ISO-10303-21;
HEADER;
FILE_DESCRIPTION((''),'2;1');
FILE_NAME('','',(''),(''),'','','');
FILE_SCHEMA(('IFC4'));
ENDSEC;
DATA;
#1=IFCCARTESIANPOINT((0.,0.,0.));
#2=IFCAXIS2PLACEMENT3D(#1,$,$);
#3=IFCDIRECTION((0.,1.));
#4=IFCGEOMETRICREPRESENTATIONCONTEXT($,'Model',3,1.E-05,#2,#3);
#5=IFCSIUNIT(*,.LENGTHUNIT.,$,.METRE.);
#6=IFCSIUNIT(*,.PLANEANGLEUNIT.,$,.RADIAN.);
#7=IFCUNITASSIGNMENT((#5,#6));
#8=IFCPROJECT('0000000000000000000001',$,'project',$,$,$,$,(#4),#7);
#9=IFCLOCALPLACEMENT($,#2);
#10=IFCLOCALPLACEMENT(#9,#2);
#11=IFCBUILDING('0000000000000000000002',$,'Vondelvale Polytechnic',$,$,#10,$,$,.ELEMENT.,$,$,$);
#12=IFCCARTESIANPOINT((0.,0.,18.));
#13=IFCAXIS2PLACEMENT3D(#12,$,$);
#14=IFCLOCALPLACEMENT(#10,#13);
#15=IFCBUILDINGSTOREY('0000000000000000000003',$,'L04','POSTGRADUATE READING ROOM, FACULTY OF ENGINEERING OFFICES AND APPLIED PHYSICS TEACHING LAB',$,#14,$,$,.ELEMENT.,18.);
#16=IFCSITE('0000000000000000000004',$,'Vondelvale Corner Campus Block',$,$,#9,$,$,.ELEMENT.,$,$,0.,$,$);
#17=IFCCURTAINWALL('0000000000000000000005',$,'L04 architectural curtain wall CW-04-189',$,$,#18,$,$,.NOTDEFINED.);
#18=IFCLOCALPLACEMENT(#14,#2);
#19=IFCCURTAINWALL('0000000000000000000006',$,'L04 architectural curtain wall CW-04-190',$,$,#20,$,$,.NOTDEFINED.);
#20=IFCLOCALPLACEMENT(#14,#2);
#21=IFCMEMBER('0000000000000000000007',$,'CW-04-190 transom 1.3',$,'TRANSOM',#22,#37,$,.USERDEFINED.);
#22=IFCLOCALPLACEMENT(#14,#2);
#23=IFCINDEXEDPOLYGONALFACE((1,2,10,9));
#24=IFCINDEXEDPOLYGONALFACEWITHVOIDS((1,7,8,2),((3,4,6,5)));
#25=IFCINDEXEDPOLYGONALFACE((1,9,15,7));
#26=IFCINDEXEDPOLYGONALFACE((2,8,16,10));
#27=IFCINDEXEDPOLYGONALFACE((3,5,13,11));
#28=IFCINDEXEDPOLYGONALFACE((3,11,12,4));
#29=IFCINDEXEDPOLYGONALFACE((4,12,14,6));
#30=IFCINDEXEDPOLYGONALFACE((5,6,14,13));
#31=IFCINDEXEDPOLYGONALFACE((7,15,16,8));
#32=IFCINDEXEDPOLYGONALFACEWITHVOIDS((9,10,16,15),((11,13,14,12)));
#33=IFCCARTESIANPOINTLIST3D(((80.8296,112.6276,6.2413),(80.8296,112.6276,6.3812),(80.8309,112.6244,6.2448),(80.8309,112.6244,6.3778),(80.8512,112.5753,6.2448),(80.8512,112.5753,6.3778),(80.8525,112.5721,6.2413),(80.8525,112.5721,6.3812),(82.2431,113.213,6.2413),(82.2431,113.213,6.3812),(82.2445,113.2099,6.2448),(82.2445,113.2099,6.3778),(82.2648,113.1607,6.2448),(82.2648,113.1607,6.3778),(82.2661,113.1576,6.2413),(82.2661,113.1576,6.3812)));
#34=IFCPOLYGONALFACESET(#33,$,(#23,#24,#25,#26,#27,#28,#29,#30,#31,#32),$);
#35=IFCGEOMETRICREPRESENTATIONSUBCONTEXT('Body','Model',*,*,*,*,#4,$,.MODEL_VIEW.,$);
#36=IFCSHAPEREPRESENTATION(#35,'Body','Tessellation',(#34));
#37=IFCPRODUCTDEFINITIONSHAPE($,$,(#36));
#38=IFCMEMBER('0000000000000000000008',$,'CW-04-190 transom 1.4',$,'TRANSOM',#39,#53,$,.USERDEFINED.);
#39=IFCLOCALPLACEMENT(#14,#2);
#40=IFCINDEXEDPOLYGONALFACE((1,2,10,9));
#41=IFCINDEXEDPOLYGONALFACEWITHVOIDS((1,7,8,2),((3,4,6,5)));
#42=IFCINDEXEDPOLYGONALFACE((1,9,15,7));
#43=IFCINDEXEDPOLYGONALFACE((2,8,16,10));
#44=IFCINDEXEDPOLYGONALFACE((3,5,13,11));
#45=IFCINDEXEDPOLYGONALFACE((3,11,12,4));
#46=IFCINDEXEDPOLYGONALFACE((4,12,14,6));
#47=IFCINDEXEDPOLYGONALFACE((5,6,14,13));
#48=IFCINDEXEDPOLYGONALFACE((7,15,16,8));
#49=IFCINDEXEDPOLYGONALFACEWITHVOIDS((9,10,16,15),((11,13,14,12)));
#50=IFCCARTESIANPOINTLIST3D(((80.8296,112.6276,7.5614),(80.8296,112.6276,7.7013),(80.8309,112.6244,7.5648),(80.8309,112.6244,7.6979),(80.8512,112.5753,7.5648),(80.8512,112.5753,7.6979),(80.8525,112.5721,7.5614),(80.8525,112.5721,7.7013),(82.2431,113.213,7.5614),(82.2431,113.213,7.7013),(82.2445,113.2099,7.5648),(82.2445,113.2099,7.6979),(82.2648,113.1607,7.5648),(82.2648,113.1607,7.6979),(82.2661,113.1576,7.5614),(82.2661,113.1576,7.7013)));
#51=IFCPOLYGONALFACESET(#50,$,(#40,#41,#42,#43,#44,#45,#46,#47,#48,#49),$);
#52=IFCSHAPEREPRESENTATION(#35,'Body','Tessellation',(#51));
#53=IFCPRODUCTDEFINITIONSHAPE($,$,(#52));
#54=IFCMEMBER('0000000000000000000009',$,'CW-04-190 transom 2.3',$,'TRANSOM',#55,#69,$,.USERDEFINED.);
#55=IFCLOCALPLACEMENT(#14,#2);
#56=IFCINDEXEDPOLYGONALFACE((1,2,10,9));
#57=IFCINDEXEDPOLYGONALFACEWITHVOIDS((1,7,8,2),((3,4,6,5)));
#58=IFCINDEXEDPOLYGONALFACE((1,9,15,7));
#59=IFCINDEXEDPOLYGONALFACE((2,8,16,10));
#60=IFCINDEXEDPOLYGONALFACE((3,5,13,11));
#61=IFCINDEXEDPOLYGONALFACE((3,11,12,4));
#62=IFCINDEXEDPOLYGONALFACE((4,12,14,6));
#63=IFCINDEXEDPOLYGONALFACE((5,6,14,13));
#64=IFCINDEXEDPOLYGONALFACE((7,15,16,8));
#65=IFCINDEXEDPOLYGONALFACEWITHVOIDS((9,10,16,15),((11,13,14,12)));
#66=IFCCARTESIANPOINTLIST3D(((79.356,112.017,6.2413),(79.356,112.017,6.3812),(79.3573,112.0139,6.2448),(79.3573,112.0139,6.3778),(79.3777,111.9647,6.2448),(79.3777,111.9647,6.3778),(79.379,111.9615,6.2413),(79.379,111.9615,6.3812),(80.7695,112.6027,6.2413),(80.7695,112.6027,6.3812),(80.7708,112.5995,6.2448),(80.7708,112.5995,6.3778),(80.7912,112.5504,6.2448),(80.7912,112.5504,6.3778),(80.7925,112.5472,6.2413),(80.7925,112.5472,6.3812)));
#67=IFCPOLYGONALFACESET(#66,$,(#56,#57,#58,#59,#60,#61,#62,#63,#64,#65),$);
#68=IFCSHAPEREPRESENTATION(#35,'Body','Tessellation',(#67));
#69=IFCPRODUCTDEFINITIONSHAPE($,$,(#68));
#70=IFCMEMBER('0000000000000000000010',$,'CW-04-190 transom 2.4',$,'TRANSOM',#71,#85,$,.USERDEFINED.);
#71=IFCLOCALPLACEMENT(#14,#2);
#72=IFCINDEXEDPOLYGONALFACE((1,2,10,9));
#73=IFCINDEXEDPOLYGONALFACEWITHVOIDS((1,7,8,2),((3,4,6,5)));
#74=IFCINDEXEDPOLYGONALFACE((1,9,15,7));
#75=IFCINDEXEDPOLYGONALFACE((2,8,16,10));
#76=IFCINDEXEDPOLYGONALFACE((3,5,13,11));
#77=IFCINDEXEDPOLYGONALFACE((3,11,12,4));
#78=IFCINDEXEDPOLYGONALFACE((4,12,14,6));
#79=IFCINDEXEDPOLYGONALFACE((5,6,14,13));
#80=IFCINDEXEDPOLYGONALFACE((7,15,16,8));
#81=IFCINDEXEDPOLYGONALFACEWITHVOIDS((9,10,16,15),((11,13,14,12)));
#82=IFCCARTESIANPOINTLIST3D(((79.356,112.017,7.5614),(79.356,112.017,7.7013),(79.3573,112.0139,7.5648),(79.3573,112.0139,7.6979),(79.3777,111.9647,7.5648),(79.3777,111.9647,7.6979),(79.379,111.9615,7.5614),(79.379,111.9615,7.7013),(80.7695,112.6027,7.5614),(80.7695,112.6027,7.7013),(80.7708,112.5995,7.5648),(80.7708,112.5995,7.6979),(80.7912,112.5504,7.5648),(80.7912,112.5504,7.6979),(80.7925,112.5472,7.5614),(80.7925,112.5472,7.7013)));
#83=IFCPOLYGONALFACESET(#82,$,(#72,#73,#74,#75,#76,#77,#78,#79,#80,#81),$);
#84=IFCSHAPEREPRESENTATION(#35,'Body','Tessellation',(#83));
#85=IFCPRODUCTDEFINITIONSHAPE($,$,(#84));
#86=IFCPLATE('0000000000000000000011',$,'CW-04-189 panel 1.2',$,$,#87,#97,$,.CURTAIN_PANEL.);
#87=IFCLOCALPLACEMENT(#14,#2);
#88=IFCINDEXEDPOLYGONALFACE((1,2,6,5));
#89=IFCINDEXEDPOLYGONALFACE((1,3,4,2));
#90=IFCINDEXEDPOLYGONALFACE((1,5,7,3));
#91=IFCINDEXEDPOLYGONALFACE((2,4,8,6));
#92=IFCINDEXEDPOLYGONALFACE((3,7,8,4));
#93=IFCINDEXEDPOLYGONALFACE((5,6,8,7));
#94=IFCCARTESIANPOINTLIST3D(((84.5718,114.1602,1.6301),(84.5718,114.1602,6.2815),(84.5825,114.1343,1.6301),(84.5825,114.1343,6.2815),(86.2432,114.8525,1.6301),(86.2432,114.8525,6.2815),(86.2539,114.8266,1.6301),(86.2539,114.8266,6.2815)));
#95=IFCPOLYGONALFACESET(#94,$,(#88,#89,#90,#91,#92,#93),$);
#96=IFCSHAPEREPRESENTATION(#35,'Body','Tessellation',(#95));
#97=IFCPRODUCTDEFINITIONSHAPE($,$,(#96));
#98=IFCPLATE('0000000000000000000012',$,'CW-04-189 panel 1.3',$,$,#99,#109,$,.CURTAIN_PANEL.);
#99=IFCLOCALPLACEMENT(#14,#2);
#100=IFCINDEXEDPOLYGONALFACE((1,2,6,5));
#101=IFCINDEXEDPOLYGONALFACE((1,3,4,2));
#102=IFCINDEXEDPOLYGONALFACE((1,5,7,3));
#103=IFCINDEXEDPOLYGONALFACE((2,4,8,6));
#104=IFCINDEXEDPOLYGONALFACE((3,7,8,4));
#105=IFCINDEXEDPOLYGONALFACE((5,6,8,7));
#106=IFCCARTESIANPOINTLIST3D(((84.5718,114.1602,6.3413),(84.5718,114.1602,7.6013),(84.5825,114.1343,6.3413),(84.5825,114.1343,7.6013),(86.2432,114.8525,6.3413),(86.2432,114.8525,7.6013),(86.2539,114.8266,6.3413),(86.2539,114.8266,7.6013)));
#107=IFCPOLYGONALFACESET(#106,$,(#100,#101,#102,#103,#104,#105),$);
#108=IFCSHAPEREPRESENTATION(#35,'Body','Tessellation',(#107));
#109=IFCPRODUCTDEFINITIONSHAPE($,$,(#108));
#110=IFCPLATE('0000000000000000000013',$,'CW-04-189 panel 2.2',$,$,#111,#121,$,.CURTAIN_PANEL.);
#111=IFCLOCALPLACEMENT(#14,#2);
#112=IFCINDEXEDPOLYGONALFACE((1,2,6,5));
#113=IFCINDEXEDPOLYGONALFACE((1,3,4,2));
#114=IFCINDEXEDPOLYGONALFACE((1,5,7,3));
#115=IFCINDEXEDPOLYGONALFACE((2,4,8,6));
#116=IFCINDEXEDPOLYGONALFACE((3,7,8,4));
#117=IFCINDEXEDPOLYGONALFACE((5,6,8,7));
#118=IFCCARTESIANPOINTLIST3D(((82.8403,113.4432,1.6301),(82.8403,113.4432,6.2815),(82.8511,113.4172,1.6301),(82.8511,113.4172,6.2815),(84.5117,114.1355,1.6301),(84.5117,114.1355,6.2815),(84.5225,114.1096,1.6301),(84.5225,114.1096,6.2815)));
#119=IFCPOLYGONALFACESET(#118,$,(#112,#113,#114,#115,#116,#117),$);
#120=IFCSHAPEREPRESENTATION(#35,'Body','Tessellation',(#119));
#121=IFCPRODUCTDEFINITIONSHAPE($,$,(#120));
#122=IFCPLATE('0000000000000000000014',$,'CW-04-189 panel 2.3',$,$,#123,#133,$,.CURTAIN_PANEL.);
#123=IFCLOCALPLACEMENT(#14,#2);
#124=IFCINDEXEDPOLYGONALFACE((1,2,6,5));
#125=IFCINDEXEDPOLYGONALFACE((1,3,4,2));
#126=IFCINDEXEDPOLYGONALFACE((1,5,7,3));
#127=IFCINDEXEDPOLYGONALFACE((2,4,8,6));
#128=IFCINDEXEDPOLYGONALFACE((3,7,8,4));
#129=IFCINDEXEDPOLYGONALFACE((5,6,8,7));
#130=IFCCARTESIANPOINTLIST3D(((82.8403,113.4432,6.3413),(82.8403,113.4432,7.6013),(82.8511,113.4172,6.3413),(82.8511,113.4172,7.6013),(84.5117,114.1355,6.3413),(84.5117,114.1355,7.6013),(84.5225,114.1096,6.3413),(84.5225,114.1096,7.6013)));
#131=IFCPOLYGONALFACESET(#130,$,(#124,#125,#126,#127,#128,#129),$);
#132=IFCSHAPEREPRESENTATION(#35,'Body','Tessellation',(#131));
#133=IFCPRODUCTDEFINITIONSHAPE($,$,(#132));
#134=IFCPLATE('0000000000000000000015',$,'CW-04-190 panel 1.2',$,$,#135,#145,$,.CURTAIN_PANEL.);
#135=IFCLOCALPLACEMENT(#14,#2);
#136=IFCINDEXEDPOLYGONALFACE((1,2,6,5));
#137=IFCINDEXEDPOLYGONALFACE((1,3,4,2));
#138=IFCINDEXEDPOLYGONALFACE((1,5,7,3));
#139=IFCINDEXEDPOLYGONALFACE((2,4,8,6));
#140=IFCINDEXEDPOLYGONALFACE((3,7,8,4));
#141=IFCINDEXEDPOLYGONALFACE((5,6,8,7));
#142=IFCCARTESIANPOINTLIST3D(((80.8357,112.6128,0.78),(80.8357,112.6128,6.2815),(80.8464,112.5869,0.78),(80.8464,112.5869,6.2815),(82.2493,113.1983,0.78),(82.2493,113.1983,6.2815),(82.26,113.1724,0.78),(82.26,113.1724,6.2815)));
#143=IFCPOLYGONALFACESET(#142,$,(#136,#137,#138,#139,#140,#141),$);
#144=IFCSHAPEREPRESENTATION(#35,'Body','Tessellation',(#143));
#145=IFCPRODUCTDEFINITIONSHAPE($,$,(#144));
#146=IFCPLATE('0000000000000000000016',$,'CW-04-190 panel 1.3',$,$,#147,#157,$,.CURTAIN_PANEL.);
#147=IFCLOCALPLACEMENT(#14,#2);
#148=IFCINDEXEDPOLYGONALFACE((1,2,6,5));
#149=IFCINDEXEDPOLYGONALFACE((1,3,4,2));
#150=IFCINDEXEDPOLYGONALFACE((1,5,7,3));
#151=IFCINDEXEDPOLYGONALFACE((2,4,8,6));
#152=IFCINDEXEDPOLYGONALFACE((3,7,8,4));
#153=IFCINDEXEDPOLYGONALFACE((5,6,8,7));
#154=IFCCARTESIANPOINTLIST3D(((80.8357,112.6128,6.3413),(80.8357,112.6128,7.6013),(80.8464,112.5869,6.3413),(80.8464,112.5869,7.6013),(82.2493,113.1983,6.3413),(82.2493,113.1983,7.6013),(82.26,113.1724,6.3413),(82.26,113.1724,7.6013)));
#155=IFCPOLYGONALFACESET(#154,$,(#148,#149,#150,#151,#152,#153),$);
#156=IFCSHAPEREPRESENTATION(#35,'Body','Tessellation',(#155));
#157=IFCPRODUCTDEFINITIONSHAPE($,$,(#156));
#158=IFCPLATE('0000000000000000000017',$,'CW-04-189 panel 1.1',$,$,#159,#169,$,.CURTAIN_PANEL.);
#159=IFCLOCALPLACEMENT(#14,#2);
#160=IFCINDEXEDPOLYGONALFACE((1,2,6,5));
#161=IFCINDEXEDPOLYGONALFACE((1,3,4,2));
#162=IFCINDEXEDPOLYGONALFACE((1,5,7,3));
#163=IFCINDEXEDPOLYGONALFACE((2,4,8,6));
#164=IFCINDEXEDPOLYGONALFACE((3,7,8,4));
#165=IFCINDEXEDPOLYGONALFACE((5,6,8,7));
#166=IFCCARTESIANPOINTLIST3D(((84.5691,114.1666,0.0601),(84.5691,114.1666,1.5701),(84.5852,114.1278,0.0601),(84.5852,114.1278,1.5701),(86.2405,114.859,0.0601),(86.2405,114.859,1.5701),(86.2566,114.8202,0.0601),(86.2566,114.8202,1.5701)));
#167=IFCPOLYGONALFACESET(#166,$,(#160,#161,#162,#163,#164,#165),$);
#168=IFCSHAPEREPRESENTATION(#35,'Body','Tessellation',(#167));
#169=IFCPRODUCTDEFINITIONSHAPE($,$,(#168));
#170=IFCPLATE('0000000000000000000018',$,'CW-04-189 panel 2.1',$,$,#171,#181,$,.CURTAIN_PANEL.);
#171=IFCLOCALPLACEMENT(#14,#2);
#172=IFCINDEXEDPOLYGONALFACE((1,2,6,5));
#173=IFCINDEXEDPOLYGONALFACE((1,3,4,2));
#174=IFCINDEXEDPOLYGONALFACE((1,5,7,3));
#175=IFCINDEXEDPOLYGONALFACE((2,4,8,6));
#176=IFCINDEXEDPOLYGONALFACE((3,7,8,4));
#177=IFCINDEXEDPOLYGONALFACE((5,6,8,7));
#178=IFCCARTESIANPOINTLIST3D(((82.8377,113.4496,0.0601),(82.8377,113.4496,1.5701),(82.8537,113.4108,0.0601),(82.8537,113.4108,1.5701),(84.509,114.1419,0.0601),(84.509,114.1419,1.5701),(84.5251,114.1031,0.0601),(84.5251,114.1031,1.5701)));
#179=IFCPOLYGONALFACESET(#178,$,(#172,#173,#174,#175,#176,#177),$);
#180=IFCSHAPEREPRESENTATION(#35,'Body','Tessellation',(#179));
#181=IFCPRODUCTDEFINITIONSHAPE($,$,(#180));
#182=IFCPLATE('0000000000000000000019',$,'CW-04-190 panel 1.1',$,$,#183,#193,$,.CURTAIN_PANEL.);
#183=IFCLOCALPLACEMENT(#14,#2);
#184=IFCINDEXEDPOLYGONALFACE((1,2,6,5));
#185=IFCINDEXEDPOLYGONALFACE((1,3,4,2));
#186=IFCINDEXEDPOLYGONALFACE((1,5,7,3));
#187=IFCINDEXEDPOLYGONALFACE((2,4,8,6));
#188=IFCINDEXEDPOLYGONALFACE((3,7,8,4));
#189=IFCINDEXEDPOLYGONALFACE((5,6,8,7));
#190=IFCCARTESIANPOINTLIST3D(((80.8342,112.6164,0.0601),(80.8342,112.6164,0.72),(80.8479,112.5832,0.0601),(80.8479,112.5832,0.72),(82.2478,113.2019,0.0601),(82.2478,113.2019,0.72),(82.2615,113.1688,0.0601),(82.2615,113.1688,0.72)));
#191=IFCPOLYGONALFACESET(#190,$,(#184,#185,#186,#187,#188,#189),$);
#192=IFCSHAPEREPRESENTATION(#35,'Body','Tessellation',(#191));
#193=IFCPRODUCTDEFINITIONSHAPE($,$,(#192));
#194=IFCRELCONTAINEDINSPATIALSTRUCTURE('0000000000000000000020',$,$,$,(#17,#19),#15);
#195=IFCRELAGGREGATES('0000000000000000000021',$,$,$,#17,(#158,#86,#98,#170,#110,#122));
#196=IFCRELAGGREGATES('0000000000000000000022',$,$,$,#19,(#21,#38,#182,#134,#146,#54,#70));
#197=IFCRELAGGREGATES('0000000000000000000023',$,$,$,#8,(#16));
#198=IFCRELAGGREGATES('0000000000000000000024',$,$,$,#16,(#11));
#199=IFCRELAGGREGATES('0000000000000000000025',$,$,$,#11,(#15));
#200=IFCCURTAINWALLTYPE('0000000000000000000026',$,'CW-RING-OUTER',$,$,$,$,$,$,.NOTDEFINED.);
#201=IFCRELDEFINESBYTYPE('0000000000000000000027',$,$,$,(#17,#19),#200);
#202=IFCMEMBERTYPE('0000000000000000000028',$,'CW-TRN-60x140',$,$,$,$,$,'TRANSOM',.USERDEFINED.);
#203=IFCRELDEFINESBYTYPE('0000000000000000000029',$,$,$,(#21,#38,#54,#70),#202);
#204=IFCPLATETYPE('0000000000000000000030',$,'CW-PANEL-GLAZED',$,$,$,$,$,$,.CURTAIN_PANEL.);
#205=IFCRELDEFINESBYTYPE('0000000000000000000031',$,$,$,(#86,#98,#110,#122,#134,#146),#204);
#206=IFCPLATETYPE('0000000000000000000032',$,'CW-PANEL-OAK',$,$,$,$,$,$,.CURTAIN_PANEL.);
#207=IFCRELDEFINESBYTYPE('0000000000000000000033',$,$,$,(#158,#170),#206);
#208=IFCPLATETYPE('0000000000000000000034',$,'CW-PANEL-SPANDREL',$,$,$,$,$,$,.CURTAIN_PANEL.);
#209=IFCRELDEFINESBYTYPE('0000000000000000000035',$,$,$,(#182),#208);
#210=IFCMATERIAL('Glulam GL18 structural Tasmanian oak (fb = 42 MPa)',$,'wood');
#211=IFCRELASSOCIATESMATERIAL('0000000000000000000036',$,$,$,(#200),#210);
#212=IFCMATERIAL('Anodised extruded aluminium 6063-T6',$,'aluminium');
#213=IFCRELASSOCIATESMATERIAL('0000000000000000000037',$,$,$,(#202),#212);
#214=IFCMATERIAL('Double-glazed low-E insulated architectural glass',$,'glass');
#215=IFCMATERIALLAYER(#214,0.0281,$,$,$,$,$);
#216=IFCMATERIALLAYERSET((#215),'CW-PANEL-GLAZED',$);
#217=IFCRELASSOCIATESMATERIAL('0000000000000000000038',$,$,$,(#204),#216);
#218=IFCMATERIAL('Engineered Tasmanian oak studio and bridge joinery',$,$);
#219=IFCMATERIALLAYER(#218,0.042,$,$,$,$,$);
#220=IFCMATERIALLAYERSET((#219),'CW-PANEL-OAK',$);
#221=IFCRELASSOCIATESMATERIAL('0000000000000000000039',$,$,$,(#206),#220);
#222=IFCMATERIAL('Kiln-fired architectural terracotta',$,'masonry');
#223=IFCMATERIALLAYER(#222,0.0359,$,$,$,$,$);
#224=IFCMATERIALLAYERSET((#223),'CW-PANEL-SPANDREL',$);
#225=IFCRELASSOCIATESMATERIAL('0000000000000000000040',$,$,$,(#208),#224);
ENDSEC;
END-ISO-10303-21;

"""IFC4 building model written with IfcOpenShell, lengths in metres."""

from ifc_helpers import new_model, si_unit, direction, frame, origin, origin_2d, place, context, subcontext, project, spatial, rectangle, hollow_rectangle, extrude, material, layer, layer_set, material_profile, profile_set, type_object, element, aggregate, save


model = new_model("IFC4")

# Units and contexts
model_context = context("Model", 3, precision=1e-05, world=origin(), true_north=direction((0.0, 1.0)))
body_context = subcontext(model_context, "Body", "Model", "MODEL_VIEW")
ifc_project = project(units=[si_unit("LENGTHUNIT", "METRE"), si_unit("PLANEANGLEUNIT", "RADIAN")], contexts=[model_context])

# Site, building, storey
site_placement = place(None, origin())
site = spatial("IfcSite", under=ifc_project, at=site_placement, Name="Vondelvale Corner Campus Block", CompositionType="ELEMENT", RefElevation=0.0)
building_placement = place(site_placement, origin())
building = spatial("IfcBuilding", under=site, at=building_placement, Name="Vondelvale Polytechnic", CompositionType="ELEMENT")
storey_placement = place(building_placement, frame((0.0, 0.0, 18.0)))
storey = spatial("IfcBuildingStorey", under=building, at=storey_placement, Name="L04", Description="POSTGRADUATE READING ROOM, FACULTY OF ENGINEERING OFFICES AND APPLIED PHYSICS TEACHING LAB", CompositionType="ELEMENT", Elevation=18.0)

# Shared definitions
ifc_material_1 = material(Name="Glulam GL18 structural Tasmanian oak (fb = 42 MPa)", Category="wood")

# Curtain walls
curtain_wall_type = type_object("IfcCurtainWallType", Name="CW-RING-OUTER", PredefinedType="NOTDEFINED", material=ifc_material_1)
curtain_wall_1_placement = place(storey_placement, origin())
curtain_wall_1 = element("IfcCurtainWall", 1, at=curtain_wall_1_placement, inside=storey, type_object=curtain_wall_type, Name="L04 architectural curtain wall CW-04-189", PredefinedType="NOTDEFINED")
ifc_material_2 = material(Name="Anodised extruded aluminium 6063-T6", Category="aluminium")
curtain_wall_2_placement = place(storey_placement, origin())
curtain_wall_2 = element("IfcCurtainWall", 2, at=curtain_wall_2_placement, inside=storey, type_object=curtain_wall_type, Name="L04 architectural curtain wall CW-04-190", PredefinedType="NOTDEFINED")

# Members
ifc_material_profile_1 = material_profile(ifc_material_2, hollow_rectangle(XDim=0.0601, YDim=0.1399, WallThickness=0.0034, at=origin_2d()), Name="CW-TRN-140x60")
ifc_profile_set_1 = profile_set([ifc_material_profile_1], Name="Anodised extruded aluminium 6063-T6")
member_type_1 = type_object("IfcMemberType", Name="CW-TRN-60x140", ElementType="TRANSOM", PredefinedType="USERDEFINED", material=ifc_profile_set_1)
member_1_placement = place(storey_placement, frame((82.2546, 113.1853, 6.3113), z_axis=(-0.923896, -0.382643, 0.0), x_axis=(0.382643, -0.923896, 0.0)))
member_1 = element("IfcMember", 3, at=member_1_placement, type_object=member_type_1, Name="CW-04-190 transom 1.3", ObjectType="TRANSOM", PredefinedType="USERDEFINED", context=body_context, shape_type="SweptSolid", body=[
    extrude(hollow_rectangle(XDim=0.0601, YDim=0.1399, WallThickness=0.0034, at=origin_2d()), origin(), (0.0, 0.0, 1.0), 1.53),
])
member_2_placement = place(storey_placement, frame((82.2546, 113.1853, 7.6313), z_axis=(-0.923896, -0.382643, 0.0), x_axis=(0.382643, -0.923896, 0.0)))
member_2 = element("IfcMember", 4, at=member_2_placement, type_object=member_type_1, Name="CW-04-190 transom 1.4", ObjectType="TRANSOM", PredefinedType="USERDEFINED", context=body_context, shape_type="SweptSolid", body=[
    extrude(hollow_rectangle(XDim=0.0601, YDim=0.1399, WallThickness=0.0034, at=origin_2d()), origin(), (0.0, 0.0, 1.0), 1.53),
])
member_3_placement = place(storey_placement, frame((80.781, 112.575, 6.3113), z_axis=(-0.92384, -0.382779, 0.0), x_axis=(0.382779, -0.92384, 0.0)))
member_3 = element("IfcMember", 5, at=member_3_placement, type_object=member_type_1, Name="CW-04-190 transom 2.3", ObjectType="TRANSOM", PredefinedType="USERDEFINED", context=body_context, shape_type="SweptSolid", body=[
    extrude(hollow_rectangle(XDim=0.0601, YDim=0.1399, WallThickness=0.0034, at=origin_2d()), origin(), (0.0, 0.0, 1.0), 1.53),
])
member_4_placement = place(storey_placement, frame((80.781, 112.575, 7.6313), z_axis=(-0.92384, -0.382779, 0.0), x_axis=(0.382779, -0.92384, 0.0)))
member_4 = element("IfcMember", 6, at=member_4_placement, type_object=member_type_1, Name="CW-04-190 transom 2.4", ObjectType="TRANSOM", PredefinedType="USERDEFINED", context=body_context, shape_type="SweptSolid", body=[
    extrude(hollow_rectangle(XDim=0.0601, YDim=0.1399, WallThickness=0.0034, at=origin_2d()), origin(), (0.0, 0.0, 1.0), 1.53),
])

# Plates
ifc_material_3 = material(Name="Double-glazed low-E insulated architectural glass", Category="glass")
ifc_layer_1 = layer(ifc_material_3, 0.0281)
ifc_layer_set_1 = layer_set([ifc_layer_1], Name="CW-PANEL-GLAZED")
plate_type_1 = type_object("IfcPlateType", Name="CW-PANEL-GLAZED", PredefinedType="CURTAIN_PANEL", material=ifc_layer_set_1)
plate_1_placement = place(storey_placement, frame((85.4128, 114.4934, 1.6301), z_axis=(0.0, 0.0, 1.0), x_axis=(-0.923875, -0.382695, 0.0)))
plate_1 = element("IfcPlate", 7, at=plate_1_placement, type_object=plate_type_1, Name="CW-04-189 panel 1.2", PredefinedType="CURTAIN_PANEL", context=body_context, shape_type="SweptSolid", body=[
    extrude(rectangle(XDim=1.8091, YDim=0.0281, at=origin_2d()), origin(), (0.0, 0.0, 1.0), 4.6514),
])
plate_2_placement = place(storey_placement, frame((85.4128, 114.4934, 6.3413), z_axis=(0.0, 0.0, 1.0), x_axis=(-0.923875, -0.382695, 0.0)))
plate_2 = element("IfcPlate", 8, at=plate_2_placement, type_object=plate_type_1, Name="CW-04-189 panel 1.3", PredefinedType="CURTAIN_PANEL", context=body_context, shape_type="SweptSolid", body=[
    extrude(rectangle(XDim=1.8091, YDim=0.0281, at=origin_2d()), origin(), (0.0, 0.0, 1.0), 1.26),
])
plate_3_placement = place(storey_placement, frame((83.6814, 113.7764, 1.6301), z_axis=(0.0, 0.0, 1.0), x_axis=(-0.923875, -0.382695, 0.0)))
plate_3 = element("IfcPlate", 9, at=plate_3_placement, type_object=plate_type_1, Name="CW-04-189 panel 2.2", PredefinedType="CURTAIN_PANEL", context=body_context, shape_type="SweptSolid", body=[
    extrude(rectangle(XDim=1.8091, YDim=0.0281, at=origin_2d()), origin(), (0.0, 0.0, 1.0), 4.6514),
])
plate_4_placement = place(storey_placement, frame((83.6814, 113.7764, 6.3413), z_axis=(0.0, 0.0, 1.0), x_axis=(-0.923875, -0.382695, 0.0)))
plate_4 = element("IfcPlate", 10, at=plate_4_placement, type_object=plate_type_1, Name="CW-04-189 panel 2.3", PredefinedType="CURTAIN_PANEL", context=body_context, shape_type="SweptSolid", body=[
    extrude(rectangle(XDim=1.8091, YDim=0.0281, at=origin_2d()), origin(), (0.0, 0.0, 1.0), 1.26),
])
plate_5_placement = place(storey_placement, frame((81.5479, 112.8926, 0.78), z_axis=(0.0, 0.0, 1.0), x_axis=(-0.923882, -0.382677, 0.0)))
plate_5 = element("IfcPlate", 11, at=plate_5_placement, type_object=plate_type_1, Name="CW-04-190 panel 1.2", PredefinedType="CURTAIN_PANEL", context=body_context, shape_type="SweptSolid", body=[
    extrude(rectangle(XDim=1.53, YDim=0.0281, at=origin_2d()), origin(), (0.0, 0.0, 1.0), 5.5015),
])
plate_6_placement = place(storey_placement, frame((81.5479, 112.8926, 6.3413), z_axis=(0.0, 0.0, 1.0), x_axis=(-0.923882, -0.382677, 0.0)))
plate_6 = element("IfcPlate", 12, at=plate_6_placement, type_object=plate_type_1, Name="CW-04-190 panel 1.3", PredefinedType="CURTAIN_PANEL", context=body_context, shape_type="SweptSolid", body=[
    extrude(rectangle(XDim=1.53, YDim=0.0281, at=origin_2d()), origin(), (0.0, 0.0, 1.0), 1.26),
])
ifc_material_4 = material(Name="Engineered Tasmanian oak studio and bridge joinery")
ifc_layer_2 = layer(ifc_material_4, 0.042)
ifc_layer_set_2 = layer_set([ifc_layer_2], Name="CW-PANEL-OAK")
plate_type_2 = type_object("IfcPlateType", Name="CW-PANEL-OAK", PredefinedType="CURTAIN_PANEL", material=ifc_layer_set_2)
plate_7_placement = place(storey_placement, frame((85.4128, 114.4934, 0.0601), z_axis=(0.0, 0.0, 1.0), x_axis=(-0.923875, -0.382695, 0.0)))
plate_7 = element("IfcPlate", 13, at=plate_7_placement, type_object=plate_type_2, Name="CW-04-189 panel 1.1", PredefinedType="CURTAIN_PANEL", context=body_context, shape_type="SweptSolid", body=[
    extrude(rectangle(XDim=1.8091, YDim=0.042, at=origin_2d()), origin(), (0.0, 0.0, 1.0), 1.51),
])
plate_8_placement = place(storey_placement, frame((83.6814, 113.7764, 0.0601), z_axis=(0.0, 0.0, 1.0), x_axis=(-0.923875, -0.382695, 0.0)))
plate_8 = element("IfcPlate", 14, at=plate_8_placement, type_object=plate_type_2, Name="CW-04-189 panel 2.1", PredefinedType="CURTAIN_PANEL", context=body_context, shape_type="SweptSolid", body=[
    extrude(rectangle(XDim=1.8091, YDim=0.042, at=origin_2d()), origin(), (0.0, 0.0, 1.0), 1.51),
])
aggregate(curtain_wall_1, [plate_7, plate_1, plate_2, plate_8, plate_3, plate_4])
ifc_material_5 = material(Name="Kiln-fired architectural terracotta", Category="masonry")
ifc_layer_3 = layer(ifc_material_5, 0.0359)
ifc_layer_set_3 = layer_set([ifc_layer_3], Name="CW-PANEL-SPANDREL")
plate_type_3 = type_object("IfcPlateType", Name="CW-PANEL-SPANDREL", PredefinedType="CURTAIN_PANEL", material=ifc_layer_set_3)
plate_9_placement = place(storey_placement, frame((81.5479, 112.8926, 0.0601), z_axis=(0.0, 0.0, 1.0), x_axis=(-0.923882, -0.382677, 0.0)))
plate_9 = element("IfcPlate", 15, at=plate_9_placement, type_object=plate_type_3, Name="CW-04-190 panel 1.1", PredefinedType="CURTAIN_PANEL", context=body_context, shape_type="SweptSolid", body=[
    extrude(rectangle(XDim=1.53, YDim=0.0359, at=origin_2d()), origin(), (0.0, 0.0, 1.0), 0.6599),
])
aggregate(curtain_wall_2, [member_1, member_2, plate_9, plate_5, plate_6, member_3, member_4])

save(model, "model.ifc")
